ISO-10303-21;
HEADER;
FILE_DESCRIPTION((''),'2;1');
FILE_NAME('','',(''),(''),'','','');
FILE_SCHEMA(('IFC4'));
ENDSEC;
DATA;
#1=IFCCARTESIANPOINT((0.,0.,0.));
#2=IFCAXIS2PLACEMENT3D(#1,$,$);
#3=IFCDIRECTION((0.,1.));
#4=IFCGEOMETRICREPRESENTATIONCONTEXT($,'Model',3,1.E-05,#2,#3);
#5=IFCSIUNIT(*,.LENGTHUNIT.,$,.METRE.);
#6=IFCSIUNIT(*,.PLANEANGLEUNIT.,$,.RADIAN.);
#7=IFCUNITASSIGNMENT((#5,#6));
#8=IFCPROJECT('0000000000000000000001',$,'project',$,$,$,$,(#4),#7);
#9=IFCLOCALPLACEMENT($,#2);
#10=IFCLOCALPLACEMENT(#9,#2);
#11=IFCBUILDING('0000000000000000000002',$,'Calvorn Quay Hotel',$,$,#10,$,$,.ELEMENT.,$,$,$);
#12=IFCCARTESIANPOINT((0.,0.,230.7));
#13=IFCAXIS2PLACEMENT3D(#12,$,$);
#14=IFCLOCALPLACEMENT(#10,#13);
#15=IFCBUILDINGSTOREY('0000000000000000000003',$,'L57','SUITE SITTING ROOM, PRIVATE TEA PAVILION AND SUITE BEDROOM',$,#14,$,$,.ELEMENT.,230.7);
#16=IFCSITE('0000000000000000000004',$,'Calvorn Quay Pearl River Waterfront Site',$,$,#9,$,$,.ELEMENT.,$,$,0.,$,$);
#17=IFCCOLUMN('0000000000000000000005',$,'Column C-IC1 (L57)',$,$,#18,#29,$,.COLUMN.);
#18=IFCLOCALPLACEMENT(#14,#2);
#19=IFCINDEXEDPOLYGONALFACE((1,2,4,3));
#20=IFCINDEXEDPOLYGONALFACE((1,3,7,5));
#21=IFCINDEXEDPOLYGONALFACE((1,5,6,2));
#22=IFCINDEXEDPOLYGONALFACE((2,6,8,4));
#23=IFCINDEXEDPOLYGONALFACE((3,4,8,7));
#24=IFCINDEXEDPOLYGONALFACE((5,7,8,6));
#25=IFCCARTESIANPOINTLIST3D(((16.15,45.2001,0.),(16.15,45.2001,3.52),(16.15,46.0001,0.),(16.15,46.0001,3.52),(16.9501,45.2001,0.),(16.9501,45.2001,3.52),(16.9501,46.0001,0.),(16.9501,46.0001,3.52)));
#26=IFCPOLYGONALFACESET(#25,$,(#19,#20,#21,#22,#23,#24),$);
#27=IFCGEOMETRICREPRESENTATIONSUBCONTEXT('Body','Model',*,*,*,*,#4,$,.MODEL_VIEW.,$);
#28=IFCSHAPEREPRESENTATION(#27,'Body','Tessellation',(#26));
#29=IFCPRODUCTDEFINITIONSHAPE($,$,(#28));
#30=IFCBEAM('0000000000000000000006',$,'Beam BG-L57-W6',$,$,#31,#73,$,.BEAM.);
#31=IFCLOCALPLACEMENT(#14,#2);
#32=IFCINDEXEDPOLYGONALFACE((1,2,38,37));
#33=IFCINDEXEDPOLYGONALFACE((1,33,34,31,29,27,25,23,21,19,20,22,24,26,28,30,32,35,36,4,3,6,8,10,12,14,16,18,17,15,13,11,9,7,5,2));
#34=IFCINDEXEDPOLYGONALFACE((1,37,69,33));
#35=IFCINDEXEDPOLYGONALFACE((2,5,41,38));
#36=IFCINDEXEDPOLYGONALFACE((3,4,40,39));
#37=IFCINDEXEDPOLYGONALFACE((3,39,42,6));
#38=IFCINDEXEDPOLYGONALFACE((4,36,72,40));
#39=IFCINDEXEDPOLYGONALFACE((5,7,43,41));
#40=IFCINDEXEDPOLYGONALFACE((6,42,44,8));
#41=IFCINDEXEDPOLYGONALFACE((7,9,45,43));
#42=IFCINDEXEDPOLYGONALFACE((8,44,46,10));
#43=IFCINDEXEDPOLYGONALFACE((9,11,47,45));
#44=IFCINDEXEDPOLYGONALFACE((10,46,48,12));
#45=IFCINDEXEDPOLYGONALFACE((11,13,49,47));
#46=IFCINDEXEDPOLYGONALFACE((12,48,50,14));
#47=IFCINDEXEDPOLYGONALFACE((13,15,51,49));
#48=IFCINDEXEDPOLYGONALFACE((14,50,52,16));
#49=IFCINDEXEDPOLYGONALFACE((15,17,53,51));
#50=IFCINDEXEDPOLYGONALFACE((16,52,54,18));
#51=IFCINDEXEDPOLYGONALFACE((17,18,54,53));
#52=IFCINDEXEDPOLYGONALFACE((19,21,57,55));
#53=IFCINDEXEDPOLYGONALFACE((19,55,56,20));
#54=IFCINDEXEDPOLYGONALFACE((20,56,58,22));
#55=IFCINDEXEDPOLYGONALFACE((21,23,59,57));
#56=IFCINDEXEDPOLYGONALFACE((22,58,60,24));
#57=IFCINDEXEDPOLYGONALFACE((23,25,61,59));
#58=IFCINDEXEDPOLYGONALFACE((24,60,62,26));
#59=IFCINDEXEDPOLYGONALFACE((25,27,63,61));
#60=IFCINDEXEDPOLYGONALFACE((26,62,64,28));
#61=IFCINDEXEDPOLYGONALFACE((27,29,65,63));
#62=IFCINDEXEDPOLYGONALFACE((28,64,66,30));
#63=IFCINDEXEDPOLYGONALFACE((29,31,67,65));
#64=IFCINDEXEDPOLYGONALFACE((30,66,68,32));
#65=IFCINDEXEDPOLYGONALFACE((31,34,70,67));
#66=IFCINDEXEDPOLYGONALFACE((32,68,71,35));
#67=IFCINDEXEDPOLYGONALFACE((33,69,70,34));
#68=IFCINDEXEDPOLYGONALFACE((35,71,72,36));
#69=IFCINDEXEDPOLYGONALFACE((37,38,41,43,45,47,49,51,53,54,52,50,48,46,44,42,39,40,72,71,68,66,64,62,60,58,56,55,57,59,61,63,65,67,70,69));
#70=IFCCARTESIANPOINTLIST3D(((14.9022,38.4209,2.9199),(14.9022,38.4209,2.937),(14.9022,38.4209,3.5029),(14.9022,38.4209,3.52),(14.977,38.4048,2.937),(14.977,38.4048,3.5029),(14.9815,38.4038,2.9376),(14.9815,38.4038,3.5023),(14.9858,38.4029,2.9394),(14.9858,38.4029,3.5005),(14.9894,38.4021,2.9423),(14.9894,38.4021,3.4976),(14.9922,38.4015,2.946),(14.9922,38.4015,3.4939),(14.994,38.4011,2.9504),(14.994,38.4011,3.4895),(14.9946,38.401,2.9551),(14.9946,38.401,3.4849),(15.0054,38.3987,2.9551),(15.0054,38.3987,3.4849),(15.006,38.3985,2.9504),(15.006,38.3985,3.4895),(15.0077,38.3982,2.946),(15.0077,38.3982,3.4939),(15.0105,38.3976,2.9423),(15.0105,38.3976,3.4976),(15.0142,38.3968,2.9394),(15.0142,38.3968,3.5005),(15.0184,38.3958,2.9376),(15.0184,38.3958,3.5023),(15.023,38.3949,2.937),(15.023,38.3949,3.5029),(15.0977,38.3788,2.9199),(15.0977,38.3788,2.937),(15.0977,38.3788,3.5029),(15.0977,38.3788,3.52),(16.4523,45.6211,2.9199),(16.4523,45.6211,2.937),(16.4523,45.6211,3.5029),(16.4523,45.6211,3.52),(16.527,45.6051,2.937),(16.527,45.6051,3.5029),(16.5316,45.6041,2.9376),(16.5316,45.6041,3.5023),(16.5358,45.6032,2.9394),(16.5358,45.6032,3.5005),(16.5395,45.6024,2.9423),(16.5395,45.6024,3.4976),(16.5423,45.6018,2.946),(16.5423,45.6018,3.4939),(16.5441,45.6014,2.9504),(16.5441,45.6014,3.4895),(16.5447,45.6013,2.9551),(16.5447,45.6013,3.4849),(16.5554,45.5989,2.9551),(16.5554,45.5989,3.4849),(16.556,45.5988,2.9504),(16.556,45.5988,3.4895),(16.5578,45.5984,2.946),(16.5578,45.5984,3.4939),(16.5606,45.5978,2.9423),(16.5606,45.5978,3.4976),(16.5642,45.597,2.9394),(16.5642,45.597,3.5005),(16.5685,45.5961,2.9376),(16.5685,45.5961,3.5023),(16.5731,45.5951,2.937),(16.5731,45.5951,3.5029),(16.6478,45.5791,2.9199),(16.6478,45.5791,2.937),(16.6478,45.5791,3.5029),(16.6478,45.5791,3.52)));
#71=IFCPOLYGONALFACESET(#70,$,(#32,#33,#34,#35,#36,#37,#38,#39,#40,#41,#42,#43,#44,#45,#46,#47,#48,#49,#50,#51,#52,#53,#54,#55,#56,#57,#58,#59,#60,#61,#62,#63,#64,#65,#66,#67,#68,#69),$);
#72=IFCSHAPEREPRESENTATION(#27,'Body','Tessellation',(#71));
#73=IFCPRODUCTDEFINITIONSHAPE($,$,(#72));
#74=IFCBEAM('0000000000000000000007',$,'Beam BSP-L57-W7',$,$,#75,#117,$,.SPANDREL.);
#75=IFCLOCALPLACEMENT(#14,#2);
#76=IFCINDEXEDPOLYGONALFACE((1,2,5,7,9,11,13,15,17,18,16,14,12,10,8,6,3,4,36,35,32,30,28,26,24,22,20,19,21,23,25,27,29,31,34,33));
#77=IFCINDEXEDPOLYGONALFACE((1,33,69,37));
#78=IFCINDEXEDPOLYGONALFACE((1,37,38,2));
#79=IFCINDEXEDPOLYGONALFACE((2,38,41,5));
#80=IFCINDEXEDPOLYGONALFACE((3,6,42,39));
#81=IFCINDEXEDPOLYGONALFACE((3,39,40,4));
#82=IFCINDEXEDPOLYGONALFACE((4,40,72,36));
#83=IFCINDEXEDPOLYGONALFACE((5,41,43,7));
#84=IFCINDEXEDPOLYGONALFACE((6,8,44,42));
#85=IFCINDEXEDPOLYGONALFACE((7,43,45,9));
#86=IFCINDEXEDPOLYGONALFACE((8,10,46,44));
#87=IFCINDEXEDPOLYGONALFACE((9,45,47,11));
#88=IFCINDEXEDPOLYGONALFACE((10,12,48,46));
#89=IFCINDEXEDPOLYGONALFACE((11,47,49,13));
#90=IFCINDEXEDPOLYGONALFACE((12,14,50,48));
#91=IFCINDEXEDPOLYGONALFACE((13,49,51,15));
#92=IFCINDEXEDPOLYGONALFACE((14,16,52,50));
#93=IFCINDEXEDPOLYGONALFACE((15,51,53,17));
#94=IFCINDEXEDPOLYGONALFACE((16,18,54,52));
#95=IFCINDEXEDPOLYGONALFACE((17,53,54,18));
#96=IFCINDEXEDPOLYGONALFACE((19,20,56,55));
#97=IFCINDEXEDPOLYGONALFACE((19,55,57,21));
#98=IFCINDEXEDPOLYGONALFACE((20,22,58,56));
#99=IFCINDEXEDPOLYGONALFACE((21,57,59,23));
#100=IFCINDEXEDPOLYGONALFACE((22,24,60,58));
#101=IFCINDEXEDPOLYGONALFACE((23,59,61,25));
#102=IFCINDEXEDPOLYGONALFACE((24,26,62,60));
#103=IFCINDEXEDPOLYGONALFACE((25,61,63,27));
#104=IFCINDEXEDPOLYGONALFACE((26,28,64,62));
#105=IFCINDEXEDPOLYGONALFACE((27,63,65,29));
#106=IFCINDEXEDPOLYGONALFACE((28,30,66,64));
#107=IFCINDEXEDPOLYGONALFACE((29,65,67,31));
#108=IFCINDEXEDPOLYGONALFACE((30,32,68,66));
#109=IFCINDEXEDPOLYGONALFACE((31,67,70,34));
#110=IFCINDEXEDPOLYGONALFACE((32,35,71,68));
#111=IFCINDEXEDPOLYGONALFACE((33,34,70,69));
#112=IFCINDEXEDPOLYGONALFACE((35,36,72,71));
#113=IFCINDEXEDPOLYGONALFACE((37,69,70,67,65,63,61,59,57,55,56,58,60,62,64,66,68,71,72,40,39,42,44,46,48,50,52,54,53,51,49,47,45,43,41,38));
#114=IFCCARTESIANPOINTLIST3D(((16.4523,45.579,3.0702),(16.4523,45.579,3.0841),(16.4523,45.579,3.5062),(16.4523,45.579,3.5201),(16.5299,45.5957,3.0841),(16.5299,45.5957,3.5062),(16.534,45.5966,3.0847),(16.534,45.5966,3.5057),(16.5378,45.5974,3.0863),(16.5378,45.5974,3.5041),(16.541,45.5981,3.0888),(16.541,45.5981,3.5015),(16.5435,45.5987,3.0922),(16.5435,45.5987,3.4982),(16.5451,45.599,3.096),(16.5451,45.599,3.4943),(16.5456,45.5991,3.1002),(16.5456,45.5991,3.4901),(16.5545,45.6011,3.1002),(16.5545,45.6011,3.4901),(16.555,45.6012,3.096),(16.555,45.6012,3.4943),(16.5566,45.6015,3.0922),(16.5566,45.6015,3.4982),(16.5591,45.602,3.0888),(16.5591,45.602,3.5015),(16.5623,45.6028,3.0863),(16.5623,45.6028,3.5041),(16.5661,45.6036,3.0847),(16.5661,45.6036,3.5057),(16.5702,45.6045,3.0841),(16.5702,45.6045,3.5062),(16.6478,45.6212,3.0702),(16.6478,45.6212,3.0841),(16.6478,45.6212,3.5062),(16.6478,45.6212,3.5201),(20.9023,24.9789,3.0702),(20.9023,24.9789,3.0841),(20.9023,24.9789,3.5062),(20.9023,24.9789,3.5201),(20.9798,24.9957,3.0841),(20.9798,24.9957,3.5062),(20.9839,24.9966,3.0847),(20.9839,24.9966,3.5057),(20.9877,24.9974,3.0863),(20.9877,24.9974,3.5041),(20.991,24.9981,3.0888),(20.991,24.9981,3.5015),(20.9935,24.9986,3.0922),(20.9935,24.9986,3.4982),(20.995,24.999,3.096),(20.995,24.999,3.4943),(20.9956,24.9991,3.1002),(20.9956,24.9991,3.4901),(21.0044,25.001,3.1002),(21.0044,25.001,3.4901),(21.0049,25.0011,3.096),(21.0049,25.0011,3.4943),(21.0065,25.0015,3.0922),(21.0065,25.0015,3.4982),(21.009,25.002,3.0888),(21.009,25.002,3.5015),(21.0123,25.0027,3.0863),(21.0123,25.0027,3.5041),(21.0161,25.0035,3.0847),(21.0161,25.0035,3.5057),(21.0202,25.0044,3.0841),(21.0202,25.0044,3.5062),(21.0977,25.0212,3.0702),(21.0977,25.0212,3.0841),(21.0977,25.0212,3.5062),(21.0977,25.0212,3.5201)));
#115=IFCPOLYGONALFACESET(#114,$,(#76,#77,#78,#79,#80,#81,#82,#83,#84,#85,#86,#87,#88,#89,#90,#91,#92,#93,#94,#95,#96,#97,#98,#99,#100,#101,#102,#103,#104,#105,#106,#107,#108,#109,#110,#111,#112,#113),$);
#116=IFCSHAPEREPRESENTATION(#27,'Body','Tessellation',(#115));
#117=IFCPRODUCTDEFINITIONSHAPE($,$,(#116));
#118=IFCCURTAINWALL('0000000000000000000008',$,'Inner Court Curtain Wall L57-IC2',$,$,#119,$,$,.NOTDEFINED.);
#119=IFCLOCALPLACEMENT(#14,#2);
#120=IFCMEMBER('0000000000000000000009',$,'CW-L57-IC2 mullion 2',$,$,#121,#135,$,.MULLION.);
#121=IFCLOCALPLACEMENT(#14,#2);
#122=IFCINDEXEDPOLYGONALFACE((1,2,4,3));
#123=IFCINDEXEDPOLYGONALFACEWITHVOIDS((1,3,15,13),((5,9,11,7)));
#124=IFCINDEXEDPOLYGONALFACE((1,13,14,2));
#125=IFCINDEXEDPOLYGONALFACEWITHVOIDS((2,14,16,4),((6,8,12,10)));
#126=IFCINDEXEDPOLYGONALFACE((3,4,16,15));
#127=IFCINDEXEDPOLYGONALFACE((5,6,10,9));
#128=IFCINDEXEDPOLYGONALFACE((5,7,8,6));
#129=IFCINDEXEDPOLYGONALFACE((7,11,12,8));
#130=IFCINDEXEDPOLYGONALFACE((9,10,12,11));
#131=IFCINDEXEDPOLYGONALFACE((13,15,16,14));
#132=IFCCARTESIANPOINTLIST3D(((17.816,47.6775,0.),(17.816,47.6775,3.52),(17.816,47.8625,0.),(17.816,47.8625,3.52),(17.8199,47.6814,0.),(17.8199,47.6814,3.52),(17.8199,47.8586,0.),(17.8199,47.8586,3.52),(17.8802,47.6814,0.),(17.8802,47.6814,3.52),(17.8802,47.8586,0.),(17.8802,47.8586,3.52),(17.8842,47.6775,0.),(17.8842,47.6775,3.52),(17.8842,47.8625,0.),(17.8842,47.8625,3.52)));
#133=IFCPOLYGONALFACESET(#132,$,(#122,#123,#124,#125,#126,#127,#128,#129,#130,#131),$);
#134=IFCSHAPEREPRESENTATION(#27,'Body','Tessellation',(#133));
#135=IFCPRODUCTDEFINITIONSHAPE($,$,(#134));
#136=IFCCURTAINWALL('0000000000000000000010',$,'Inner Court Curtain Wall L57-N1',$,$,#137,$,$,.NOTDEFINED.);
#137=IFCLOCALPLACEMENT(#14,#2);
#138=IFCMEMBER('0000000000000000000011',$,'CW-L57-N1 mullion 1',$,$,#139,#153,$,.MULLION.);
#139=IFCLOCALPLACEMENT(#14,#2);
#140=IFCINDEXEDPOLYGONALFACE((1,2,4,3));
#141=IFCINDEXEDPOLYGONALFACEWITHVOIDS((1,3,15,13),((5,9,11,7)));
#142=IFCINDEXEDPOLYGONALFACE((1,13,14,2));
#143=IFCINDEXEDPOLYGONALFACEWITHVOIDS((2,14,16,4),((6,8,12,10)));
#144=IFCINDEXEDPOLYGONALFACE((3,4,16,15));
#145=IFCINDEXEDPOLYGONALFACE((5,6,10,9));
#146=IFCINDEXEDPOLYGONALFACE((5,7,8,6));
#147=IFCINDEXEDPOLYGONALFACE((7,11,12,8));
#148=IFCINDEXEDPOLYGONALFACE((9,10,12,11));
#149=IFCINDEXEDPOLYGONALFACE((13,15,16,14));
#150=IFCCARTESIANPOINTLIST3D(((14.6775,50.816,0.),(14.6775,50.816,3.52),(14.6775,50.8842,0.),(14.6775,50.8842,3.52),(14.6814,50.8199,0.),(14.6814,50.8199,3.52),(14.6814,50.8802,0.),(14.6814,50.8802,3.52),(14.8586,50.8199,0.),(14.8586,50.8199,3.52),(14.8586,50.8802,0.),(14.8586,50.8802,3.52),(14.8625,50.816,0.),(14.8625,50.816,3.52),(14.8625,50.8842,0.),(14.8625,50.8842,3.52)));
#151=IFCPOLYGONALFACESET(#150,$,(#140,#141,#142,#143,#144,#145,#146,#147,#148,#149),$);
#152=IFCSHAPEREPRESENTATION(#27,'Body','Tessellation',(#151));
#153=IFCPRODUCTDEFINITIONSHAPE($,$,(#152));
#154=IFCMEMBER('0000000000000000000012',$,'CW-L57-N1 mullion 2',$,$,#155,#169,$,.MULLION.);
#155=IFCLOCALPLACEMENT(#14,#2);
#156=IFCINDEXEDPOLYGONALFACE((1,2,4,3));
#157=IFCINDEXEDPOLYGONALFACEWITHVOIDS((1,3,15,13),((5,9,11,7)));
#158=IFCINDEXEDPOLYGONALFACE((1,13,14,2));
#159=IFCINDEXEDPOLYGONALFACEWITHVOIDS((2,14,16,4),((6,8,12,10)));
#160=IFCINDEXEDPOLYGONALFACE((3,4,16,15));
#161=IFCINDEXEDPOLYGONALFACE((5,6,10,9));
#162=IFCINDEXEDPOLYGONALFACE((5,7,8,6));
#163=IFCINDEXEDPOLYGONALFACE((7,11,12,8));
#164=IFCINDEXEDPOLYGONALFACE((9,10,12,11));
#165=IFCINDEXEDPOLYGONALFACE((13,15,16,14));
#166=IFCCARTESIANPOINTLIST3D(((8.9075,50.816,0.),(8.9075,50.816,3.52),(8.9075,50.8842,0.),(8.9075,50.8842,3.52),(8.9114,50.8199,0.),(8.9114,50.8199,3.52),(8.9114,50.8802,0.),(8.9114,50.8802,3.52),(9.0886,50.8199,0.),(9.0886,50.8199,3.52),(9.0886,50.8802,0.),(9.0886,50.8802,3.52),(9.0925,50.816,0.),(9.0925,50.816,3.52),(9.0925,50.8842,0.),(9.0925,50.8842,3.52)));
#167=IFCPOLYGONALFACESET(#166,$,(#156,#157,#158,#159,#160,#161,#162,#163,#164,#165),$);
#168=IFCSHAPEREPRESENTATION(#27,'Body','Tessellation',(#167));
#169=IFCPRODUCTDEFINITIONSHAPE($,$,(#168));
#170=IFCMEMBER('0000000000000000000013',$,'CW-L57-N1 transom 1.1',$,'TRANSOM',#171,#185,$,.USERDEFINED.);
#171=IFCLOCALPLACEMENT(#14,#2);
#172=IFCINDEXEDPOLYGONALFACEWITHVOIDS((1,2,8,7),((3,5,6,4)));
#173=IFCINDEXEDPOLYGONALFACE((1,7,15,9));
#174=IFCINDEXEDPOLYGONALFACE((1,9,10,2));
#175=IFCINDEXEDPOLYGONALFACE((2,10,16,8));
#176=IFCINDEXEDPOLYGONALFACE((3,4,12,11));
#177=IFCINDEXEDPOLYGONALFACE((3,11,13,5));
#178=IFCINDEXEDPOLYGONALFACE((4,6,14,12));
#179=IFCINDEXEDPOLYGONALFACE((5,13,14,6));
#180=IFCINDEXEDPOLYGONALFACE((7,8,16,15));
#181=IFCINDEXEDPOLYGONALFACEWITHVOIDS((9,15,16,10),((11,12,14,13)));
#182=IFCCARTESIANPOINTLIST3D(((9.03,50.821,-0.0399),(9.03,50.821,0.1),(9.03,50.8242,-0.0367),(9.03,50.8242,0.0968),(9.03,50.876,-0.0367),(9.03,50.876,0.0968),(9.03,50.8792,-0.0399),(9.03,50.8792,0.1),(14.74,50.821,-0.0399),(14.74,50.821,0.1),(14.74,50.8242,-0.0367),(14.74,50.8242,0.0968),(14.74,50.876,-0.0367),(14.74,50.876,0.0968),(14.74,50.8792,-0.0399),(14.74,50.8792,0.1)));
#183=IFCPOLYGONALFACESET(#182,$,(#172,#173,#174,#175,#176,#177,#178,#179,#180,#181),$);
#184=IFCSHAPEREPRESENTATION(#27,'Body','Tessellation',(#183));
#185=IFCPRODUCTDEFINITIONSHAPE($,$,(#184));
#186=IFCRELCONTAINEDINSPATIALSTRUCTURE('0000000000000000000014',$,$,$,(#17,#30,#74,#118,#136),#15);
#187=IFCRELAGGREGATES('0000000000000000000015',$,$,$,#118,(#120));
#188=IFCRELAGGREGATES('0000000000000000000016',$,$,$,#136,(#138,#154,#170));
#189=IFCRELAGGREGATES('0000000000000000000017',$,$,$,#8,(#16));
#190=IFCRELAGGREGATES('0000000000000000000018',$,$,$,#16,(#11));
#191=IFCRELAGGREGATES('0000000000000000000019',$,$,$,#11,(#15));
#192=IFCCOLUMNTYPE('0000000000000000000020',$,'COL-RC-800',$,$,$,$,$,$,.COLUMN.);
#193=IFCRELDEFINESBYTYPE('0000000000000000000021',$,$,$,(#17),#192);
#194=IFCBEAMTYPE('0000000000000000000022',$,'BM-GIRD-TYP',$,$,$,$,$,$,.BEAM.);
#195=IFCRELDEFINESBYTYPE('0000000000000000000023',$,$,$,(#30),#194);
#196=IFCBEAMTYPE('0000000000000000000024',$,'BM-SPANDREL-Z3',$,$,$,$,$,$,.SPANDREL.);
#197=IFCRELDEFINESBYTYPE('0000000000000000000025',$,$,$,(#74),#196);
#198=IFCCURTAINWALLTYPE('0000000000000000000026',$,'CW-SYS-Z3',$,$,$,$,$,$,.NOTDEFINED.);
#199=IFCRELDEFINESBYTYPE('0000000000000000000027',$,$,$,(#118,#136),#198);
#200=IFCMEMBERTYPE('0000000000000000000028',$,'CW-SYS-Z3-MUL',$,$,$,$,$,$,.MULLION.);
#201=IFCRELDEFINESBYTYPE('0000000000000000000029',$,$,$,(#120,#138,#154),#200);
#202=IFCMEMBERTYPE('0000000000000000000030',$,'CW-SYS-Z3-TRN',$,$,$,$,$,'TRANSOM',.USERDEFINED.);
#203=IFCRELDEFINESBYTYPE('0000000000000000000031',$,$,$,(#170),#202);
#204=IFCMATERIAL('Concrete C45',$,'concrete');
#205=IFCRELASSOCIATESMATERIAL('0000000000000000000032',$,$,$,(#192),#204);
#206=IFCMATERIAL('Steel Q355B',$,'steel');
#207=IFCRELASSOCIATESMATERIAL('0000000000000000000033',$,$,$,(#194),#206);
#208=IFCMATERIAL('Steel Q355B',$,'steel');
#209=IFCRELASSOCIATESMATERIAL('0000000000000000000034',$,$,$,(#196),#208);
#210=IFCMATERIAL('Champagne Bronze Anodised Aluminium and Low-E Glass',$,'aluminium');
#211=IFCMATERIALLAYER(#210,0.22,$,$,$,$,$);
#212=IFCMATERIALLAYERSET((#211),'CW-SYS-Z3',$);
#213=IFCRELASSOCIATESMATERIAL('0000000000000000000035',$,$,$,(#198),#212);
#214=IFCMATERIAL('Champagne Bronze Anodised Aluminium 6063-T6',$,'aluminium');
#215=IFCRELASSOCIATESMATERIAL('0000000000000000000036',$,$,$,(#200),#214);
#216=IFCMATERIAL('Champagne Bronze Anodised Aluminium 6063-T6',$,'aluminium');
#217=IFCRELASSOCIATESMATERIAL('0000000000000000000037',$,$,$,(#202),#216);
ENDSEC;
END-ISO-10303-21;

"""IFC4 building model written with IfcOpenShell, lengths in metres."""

from ifc_helpers import new_model, si_unit, direction, frame, origin, origin_2d, place, context, subcontext, project, spatial, rectangle, hollow_rectangle, i_section, extrude, material, layer, layer_set, material_profile, profile_set, type_object, element, aggregate, save


model = new_model("IFC4")

# Units and contexts
model_context = context("Model", 3, precision=1e-05, world=origin(), true_north=direction((0.0, 1.0)))
body_context = subcontext(model_context, "Body", "Model", "MODEL_VIEW")
ifc_project = project(units=[si_unit("LENGTHUNIT", "METRE"), si_unit("PLANEANGLEUNIT", "RADIAN")], contexts=[model_context])

# Site, building, storey
site_placement = place(None, origin())
site = spatial("IfcSite", under=ifc_project, at=site_placement, Name="Calvorn Quay Pearl River Waterfront Site", CompositionType="ELEMENT", RefElevation=0.0)
building_placement = place(site_placement, origin())
building = spatial("IfcBuilding", under=site, at=building_placement, Name="Calvorn Quay Hotel", CompositionType="ELEMENT")
storey_placement = place(building_placement, frame((0.0, 0.0, 230.7)))
storey = spatial("IfcBuildingStorey", under=building, at=storey_placement, Name="L57", Description="SUITE SITTING ROOM, PRIVATE TEA PAVILION AND SUITE BEDROOM", CompositionType="ELEMENT", Elevation=230.7)

# Column
ifc_material_1 = material(Name="Concrete C45", Category="concrete")
ifc_material_profile_1 = material_profile(ifc_material_1, rectangle(XDim=0.8, YDim=0.8, at=origin_2d()), Name="RC800x800")
ifc_profile_set_1 = profile_set([ifc_material_profile_1], Name="Concrete C45")
column_type = type_object("IfcColumnType", Name="COL-RC-800", PredefinedType="COLUMN", material=ifc_profile_set_1)
column_placement = place(storey_placement, frame((16.55, 45.6001, 0.0), z_axis=(0.0, 0.0, 1.0), x_axis=(1.0, 0.0, 0.0)))
element("IfcColumn", 1, at=column_placement, inside=storey, type_object=column_type, Name="Column C-IC1 (L57)", PredefinedType="COLUMN", context=body_context, shape_type="SweptSolid", body=[
    extrude(rectangle(XDim=0.8, YDim=0.8, at=origin_2d()), origin(), (0.0, 0.0, 1.0), 3.52),
])

# Beams
ifc_material_2 = material(Name="Steel Q355B", Category="steel")
ifc_material_profile_2 = material_profile(ifc_material_2, i_section(OverallWidth=0.2, OverallDepth=0.6001, WebThickness=0.011, FlangeThickness=0.0171, FilletRadius=0.0181, at=origin_2d()), Name="HN600x200x11x17")
ifc_profile_set_2 = profile_set([ifc_material_profile_2], Name="Steel Q355B")
beam_type_1 = type_object("IfcBeamType", Name="BM-GIRD-TYP", PredefinedType="BEAM", material=ifc_profile_set_2)
beam_1_placement = place(storey_placement, frame((16.55, 45.6001, 3.22), z_axis=(-0.210457, -0.977603, 0.0), x_axis=(0.977603, -0.210457, 0.0)))
element("IfcBeam", 2, at=beam_1_placement, inside=storey, type_object=beam_type_1, Name="Beam BG-L57-W6", PredefinedType="BEAM", context=body_context, shape_type="SweptSolid", body=[
    extrude(i_section(OverallWidth=0.2, OverallDepth=0.6001, WebThickness=0.011, FlangeThickness=0.0171, FilletRadius=0.0181, at=origin_2d()), origin(), (0.0, 0.0, 1.0), 7.3652),
])
ifc_material_3 = material(Name="Steel Q355B", Category="steel")
ifc_material_profile_3 = material_profile(ifc_material_3, i_section(OverallWidth=0.2, OverallDepth=0.45, WebThickness=0.009, FlangeThickness=0.0139, FilletRadius=0.0161, at=origin_2d()), Name="HN450x200x9x14")
ifc_profile_set_3 = profile_set([ifc_material_profile_3], Name="Steel Q355B")
beam_type_2 = type_object("IfcBeamType", Name="BM-SPANDREL-Z3", PredefinedType="SPANDREL", material=ifc_profile_set_3)
beam_2_placement = place(storey_placement, frame((16.55, 45.6001, 3.2952), z_axis=(0.211146, -0.977455, 0.0), x_axis=(0.977455, 0.211146, 0.0)))
element("IfcBeam", 3, at=beam_2_placement, inside=storey, type_object=beam_type_2, Name="Beam BSP-L57-W7", PredefinedType="SPANDREL", context=body_context, shape_type="SweptSolid", body=[
    extrude(i_section(OverallWidth=0.2, OverallDepth=0.45, WebThickness=0.009, FlangeThickness=0.0139, FilletRadius=0.0161, at=origin_2d()), origin(), (0.0, 0.0, 1.0), 21.0752),
])

# Curtain wall, member
ifc_material_4 = material(Name="Champagne Bronze Anodised Aluminium and Low-E Glass", Category="aluminium")
ifc_layer_1 = layer(ifc_material_4, 0.22)
ifc_layer_set_1 = layer_set([ifc_layer_1], Name="CW-SYS-Z3")
curtain_wall_type = type_object("IfcCurtainWallType", Name="CW-SYS-Z3", PredefinedType="NOTDEFINED", material=ifc_layer_set_1)
curtain_wall_1_placement = place(storey_placement, origin())
curtain_wall_1 = element("IfcCurtainWall", 4, at=curtain_wall_1_placement, inside=storey, type_object=curtain_wall_type, Name="Inner Court Curtain Wall L57-IC2", PredefinedType="NOTDEFINED")
ifc_material_5 = material(Name="Champagne Bronze Anodised Aluminium 6063-T6", Category="aluminium")
ifc_material_profile_4 = material_profile(ifc_material_5, hollow_rectangle(XDim=0.0681, YDim=0.1851, WallThickness=0.0039, at=origin_2d()), Name="ALU-M185x68x4")
ifc_profile_set_4 = profile_set([ifc_material_profile_4], Name="Champagne Bronze Anodised Aluminium 6063-T6")
member_type_1 = type_object("IfcMemberType", Name="CW-SYS-Z3-MUL", PredefinedType="MULLION", material=ifc_profile_set_4)
member_1_placement = place(storey_placement, frame((17.8501, 47.77, 0.0), z_axis=(0.0, 0.0, 1.0), x_axis=(-1.0, 0.0, 0.0)))
member_1 = element("IfcMember", 5, at=member_1_placement, type_object=member_type_1, Name="CW-L57-IC2 mullion 2", PredefinedType="MULLION", context=body_context, shape_type="SweptSolid", body=[
    extrude(hollow_rectangle(XDim=0.0681, YDim=0.1851, WallThickness=0.0039, at=origin_2d()), origin(), (0.0, 0.0, 1.0), 3.52),
])

# Curtain wall, members
curtain_wall_2_placement = place(storey_placement, origin())
curtain_wall_2 = element("IfcCurtainWall", 6, at=curtain_wall_2_placement, inside=storey, type_object=curtain_wall_type, Name="Inner Court Curtain Wall L57-N1", PredefinedType="NOTDEFINED")
member_2_placement = place(storey_placement, frame((14.77, 50.8501, 0.0), z_axis=(0.0, 0.0, 1.0), x_axis=(0.0, -1.0, 0.0)))
member_2 = element("IfcMember", 7, at=member_2_placement, type_object=member_type_1, Name="CW-L57-N1 mullion 1", PredefinedType="MULLION", context=body_context, shape_type="SweptSolid", body=[
    extrude(hollow_rectangle(XDim=0.0681, YDim=0.1851, WallThickness=0.0039, at=origin_2d()), origin(), (0.0, 0.0, 1.0), 3.52),
])
member_3_placement = place(storey_placement, frame((9.0, 50.8501, 0.0), z_axis=(0.0, 0.0, 1.0), x_axis=(0.0, -1.0, 0.0)))
member_3 = element("IfcMember", 8, at=member_3_placement, type_object=member_type_1, Name="CW-L57-N1 mullion 2", PredefinedType="MULLION", context=body_context, shape_type="SweptSolid", body=[
    extrude(hollow_rectangle(XDim=0.0681, YDim=0.1851, WallThickness=0.0039, at=origin_2d()), origin(), (0.0, 0.0, 1.0), 3.52),
])
ifc_material_6 = material(Name="Champagne Bronze Anodised Aluminium 6063-T6", Category="aluminium")
ifc_material_profile_5 = material_profile(ifc_material_6, hollow_rectangle(XDim=0.0581, YDim=0.1399, WallThickness=0.0032, at=origin_2d()), Name="ALU-T140x58x3.2")
ifc_profile_set_5 = profile_set([ifc_material_profile_5], Name="Champagne Bronze Anodised Aluminium 6063-T6")
member_type_2 = type_object("IfcMemberType", Name="CW-SYS-Z3-TRN", ElementType="TRANSOM", PredefinedType="USERDEFINED", material=ifc_profile_set_5)
member_4_placement = place(storey_placement, frame((14.74, 50.8501, 0.03), z_axis=(-1.0, 0.0, 0.0), x_axis=(0.0, -1.0, 0.0)))
member_4 = element("IfcMember", 9, at=member_4_placement, type_object=member_type_2, Name="CW-L57-N1 transom 1.1", ObjectType="TRANSOM", PredefinedType="USERDEFINED", context=body_context, shape_type="SweptSolid", body=[
    extrude(hollow_rectangle(XDim=0.0581, YDim=0.1399, WallThickness=0.0032, at=origin_2d()), origin(), (0.0, 0.0, 1.0), 5.71),
])

aggregate(curtain_wall_1, [member_1])
aggregate(curtain_wall_2, [member_2, member_3, member_4])

save(model, "model.ifc")
